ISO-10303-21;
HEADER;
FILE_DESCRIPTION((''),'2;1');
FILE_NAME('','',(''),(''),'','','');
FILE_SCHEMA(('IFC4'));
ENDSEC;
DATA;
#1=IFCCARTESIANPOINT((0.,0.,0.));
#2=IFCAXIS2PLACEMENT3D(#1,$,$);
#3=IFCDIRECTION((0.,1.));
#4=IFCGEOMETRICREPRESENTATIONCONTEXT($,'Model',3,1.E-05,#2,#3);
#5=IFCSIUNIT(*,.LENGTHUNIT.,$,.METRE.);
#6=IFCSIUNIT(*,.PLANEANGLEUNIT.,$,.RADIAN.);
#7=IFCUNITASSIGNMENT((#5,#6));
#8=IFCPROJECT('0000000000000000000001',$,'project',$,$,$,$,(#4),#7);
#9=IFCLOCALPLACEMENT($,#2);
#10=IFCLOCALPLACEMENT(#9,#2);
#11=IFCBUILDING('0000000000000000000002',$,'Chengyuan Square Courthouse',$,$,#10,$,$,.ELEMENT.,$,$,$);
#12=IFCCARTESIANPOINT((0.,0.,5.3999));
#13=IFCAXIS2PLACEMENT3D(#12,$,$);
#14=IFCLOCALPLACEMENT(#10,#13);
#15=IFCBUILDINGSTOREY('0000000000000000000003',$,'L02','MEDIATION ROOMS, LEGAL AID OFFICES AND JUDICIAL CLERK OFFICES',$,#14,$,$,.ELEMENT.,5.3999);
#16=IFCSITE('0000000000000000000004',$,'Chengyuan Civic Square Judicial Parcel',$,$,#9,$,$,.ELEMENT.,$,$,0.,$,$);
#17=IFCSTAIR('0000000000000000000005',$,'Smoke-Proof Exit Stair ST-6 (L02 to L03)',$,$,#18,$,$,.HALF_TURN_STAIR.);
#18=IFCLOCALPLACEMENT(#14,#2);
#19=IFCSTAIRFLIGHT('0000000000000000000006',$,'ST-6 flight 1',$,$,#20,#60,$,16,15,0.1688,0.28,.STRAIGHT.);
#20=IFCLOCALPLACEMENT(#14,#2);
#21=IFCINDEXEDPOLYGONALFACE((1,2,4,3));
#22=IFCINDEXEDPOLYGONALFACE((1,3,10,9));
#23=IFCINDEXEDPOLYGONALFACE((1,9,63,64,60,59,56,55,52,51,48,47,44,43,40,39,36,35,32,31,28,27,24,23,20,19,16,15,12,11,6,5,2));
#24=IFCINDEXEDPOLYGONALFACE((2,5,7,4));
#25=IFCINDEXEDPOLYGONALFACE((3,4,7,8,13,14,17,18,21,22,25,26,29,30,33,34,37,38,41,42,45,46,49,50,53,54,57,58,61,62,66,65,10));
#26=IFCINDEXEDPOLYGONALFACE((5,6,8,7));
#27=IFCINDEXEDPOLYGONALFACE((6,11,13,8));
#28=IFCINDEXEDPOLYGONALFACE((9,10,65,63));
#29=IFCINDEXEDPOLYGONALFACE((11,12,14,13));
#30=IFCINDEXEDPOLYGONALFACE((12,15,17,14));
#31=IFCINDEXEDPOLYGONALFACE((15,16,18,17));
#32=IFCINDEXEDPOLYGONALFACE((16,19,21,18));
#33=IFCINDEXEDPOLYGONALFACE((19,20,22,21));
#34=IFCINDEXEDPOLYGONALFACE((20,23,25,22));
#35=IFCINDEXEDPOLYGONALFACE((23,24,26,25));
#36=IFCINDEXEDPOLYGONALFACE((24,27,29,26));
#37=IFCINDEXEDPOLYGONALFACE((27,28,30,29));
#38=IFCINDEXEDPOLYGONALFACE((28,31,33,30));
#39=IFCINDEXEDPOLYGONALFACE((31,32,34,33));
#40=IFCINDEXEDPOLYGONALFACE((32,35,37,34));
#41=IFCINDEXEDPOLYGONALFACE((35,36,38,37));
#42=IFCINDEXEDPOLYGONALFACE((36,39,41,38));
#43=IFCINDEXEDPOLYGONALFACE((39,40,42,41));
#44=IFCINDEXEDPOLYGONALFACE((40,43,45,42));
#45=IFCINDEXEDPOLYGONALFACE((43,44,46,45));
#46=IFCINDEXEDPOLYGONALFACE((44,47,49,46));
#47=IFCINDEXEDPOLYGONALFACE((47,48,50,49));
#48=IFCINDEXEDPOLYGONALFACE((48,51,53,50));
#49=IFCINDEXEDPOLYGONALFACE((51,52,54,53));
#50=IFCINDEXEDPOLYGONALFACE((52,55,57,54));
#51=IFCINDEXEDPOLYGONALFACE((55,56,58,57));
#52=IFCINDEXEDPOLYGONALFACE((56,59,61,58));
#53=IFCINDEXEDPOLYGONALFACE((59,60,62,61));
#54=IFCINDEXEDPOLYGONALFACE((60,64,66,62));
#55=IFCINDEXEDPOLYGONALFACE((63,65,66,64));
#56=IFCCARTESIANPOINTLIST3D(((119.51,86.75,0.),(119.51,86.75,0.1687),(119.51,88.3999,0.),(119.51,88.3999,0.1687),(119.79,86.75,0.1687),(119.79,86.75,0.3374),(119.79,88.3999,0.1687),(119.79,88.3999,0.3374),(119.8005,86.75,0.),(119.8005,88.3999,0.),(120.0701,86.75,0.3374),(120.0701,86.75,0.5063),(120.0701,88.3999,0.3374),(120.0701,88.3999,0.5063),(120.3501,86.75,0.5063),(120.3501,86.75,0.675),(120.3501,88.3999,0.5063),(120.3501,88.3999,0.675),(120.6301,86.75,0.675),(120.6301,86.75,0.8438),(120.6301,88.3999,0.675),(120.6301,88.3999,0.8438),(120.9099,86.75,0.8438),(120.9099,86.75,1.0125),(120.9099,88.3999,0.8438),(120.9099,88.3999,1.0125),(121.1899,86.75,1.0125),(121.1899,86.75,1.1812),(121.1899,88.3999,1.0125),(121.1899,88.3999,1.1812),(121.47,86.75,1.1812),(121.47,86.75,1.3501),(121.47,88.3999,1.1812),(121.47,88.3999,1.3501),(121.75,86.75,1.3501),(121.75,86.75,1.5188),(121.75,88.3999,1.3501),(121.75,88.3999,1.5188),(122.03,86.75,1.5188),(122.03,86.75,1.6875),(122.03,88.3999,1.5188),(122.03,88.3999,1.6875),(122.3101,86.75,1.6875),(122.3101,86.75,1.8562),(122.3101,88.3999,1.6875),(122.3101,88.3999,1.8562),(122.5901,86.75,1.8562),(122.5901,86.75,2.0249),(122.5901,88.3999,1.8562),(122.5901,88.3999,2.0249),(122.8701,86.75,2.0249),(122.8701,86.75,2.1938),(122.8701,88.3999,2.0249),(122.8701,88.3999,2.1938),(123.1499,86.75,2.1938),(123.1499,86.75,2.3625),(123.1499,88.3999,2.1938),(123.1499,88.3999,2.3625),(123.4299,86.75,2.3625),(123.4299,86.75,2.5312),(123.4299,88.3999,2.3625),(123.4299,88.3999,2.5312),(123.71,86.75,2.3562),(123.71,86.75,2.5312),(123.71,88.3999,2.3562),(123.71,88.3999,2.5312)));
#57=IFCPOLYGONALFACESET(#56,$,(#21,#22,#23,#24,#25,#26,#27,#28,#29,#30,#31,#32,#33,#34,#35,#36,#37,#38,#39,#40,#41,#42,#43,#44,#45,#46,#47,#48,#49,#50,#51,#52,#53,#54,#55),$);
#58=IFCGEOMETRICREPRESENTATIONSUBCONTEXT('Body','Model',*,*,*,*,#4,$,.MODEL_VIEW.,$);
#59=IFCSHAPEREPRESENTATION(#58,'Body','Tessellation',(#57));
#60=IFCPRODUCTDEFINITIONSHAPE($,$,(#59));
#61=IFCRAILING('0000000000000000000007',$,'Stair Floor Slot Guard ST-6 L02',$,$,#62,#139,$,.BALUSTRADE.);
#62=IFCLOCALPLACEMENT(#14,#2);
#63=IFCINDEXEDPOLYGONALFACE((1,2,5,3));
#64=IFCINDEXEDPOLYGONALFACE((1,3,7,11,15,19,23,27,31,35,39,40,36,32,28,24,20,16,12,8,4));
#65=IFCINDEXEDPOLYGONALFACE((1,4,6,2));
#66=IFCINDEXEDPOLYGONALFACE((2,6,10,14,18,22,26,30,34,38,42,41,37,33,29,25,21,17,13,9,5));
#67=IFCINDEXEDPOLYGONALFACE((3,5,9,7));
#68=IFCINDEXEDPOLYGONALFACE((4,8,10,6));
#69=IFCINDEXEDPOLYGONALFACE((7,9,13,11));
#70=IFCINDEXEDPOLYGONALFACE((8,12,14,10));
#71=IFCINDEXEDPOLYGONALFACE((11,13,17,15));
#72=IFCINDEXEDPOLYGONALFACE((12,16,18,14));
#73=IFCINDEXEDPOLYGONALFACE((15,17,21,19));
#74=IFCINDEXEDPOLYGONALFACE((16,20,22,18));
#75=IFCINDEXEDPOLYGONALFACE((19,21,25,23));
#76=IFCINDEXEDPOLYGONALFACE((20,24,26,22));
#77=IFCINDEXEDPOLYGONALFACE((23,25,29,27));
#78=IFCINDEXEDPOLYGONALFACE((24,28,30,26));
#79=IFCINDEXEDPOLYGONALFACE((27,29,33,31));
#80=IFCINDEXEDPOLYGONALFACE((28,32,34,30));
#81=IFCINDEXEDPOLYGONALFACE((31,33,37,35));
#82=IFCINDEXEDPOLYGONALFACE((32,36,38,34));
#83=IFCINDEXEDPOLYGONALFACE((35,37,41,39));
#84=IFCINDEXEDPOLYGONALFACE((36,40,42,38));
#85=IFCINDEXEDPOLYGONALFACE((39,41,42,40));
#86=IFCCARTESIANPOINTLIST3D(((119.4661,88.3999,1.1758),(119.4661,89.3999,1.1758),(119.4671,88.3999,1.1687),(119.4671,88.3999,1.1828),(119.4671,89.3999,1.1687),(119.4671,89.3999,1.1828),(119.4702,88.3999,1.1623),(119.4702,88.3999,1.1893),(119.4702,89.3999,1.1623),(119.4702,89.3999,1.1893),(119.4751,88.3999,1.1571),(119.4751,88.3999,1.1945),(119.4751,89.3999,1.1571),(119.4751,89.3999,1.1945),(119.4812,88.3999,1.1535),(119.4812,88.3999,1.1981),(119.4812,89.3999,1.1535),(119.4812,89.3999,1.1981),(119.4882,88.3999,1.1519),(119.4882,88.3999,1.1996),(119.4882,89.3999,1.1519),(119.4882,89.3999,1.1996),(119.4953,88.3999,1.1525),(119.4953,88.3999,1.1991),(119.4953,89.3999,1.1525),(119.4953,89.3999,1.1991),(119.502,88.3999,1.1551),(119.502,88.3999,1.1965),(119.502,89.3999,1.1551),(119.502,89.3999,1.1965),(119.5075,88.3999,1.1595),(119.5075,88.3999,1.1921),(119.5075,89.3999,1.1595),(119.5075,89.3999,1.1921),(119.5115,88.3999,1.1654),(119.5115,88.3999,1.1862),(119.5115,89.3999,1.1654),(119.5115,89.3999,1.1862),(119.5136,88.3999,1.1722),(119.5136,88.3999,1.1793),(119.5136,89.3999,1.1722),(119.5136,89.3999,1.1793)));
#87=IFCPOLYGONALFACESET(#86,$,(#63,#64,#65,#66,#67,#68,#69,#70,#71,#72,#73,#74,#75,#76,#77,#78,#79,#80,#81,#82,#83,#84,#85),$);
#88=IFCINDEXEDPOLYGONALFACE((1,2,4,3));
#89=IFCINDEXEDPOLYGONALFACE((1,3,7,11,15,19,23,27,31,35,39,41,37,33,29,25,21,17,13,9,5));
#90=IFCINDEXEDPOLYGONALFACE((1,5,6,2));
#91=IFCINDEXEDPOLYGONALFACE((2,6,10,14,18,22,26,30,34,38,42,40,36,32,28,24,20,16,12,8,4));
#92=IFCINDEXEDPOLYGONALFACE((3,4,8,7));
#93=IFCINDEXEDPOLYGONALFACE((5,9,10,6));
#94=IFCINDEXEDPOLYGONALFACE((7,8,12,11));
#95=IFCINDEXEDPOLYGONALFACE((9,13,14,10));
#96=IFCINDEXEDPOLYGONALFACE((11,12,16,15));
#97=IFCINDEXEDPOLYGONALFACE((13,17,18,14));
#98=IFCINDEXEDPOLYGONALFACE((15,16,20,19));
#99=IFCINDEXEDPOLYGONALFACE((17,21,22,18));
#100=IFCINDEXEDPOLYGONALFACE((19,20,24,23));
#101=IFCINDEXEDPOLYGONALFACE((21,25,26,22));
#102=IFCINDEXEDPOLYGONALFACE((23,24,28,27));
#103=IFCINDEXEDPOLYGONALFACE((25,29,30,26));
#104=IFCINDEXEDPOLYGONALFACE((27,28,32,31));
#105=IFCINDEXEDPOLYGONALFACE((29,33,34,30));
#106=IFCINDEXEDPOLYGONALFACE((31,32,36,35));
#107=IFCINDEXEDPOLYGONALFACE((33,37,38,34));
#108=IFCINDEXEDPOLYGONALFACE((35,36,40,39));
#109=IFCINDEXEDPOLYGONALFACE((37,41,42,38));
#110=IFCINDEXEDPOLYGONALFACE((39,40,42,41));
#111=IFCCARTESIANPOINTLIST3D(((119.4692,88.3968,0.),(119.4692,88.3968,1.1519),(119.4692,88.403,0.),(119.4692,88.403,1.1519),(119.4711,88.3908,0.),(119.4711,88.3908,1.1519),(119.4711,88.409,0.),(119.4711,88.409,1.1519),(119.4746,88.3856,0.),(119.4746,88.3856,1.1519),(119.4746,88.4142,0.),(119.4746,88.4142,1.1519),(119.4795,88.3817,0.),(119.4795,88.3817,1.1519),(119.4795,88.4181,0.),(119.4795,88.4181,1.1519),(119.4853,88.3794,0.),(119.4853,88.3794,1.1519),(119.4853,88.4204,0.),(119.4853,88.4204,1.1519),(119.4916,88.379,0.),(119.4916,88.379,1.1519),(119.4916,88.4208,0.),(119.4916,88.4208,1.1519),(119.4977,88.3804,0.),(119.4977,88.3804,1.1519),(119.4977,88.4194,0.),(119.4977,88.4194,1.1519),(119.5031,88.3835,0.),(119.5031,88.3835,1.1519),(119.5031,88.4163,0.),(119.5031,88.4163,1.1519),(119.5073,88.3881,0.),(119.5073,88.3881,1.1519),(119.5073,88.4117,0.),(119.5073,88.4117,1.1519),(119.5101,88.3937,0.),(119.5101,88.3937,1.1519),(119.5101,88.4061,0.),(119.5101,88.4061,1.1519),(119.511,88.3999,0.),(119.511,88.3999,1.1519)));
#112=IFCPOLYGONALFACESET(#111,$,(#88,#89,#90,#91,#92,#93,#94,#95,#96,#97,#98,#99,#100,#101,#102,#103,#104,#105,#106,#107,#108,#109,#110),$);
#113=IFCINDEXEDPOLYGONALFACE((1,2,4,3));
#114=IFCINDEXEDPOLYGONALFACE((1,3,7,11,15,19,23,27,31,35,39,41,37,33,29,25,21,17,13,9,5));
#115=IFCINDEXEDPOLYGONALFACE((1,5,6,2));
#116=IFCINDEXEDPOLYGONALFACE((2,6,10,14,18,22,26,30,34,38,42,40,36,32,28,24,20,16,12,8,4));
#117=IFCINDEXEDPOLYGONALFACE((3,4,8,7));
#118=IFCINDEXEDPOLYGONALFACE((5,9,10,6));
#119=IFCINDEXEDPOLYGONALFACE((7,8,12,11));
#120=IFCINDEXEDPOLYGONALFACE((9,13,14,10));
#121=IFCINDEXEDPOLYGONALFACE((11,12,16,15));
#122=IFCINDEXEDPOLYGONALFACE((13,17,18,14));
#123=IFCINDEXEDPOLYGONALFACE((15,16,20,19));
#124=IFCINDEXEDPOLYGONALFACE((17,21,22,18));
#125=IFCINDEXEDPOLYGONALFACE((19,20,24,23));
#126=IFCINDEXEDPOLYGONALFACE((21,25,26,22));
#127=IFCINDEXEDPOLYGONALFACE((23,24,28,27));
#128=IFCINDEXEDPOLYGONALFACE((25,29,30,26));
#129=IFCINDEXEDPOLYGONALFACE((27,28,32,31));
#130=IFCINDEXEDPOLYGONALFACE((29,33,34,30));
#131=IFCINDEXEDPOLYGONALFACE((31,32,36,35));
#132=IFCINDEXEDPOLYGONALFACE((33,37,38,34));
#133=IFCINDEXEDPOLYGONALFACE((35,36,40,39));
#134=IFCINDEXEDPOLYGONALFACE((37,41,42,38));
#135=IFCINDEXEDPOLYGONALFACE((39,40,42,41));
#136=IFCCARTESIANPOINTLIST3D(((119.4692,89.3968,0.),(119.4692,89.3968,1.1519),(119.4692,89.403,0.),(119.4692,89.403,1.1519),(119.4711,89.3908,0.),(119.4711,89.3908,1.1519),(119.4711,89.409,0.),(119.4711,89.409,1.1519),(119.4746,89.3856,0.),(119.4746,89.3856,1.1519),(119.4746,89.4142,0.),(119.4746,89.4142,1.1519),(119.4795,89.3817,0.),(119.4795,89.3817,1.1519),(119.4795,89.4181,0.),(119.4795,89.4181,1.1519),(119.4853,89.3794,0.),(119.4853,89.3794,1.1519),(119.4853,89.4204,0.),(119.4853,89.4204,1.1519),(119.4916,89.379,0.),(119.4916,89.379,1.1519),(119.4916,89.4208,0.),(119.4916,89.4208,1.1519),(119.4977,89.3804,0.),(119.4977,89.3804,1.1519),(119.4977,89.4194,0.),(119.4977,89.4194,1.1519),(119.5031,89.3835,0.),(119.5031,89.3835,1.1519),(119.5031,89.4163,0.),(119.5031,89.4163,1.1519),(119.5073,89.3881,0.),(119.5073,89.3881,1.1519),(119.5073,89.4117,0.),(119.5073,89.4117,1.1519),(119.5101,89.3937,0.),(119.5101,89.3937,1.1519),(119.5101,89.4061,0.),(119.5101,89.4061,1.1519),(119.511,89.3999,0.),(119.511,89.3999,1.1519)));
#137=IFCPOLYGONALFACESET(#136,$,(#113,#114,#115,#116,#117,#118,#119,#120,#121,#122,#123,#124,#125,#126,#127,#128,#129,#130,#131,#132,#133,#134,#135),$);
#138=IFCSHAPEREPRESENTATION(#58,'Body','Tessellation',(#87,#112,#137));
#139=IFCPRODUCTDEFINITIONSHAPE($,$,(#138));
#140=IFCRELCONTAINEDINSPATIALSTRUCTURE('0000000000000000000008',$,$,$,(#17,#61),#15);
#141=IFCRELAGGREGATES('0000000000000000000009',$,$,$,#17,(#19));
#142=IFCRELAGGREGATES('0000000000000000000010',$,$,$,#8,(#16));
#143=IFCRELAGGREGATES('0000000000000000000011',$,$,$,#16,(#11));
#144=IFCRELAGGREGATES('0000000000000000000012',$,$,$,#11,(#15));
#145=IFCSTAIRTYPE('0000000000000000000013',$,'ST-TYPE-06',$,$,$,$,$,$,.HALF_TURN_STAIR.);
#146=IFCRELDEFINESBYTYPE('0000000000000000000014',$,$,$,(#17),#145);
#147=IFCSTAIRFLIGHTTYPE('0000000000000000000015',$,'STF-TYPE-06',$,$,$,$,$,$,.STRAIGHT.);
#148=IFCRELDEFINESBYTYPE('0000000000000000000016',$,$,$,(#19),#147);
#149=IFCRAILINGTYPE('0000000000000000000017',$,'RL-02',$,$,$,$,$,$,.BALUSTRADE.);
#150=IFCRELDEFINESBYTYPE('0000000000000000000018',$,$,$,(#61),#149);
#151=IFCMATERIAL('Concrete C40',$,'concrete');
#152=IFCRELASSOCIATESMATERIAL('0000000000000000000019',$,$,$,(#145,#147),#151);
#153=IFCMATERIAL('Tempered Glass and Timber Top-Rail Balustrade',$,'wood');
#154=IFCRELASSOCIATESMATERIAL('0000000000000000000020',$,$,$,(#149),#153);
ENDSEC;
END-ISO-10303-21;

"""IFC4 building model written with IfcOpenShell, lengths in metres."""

from ifc_helpers import new_model, si_unit, direction, frame, origin, origin_2d, place, context, subcontext, project, spatial, polyline, circle, outline, extrude, material, type_object, element, aggregate, save


model = new_model("IFC4")

# Units and contexts
model_context = context("Model", 3, precision=1e-05, world=origin(), true_north=direction((0.0, 1.0)))
body_context = subcontext(model_context, "Body", "Model", "MODEL_VIEW")
ifc_project = project(units=[si_unit("LENGTHUNIT", "METRE"), si_unit("PLANEANGLEUNIT", "RADIAN")], contexts=[model_context])

# Site, building, storey
site_placement = place(None, origin())
site = spatial("IfcSite", under=ifc_project, at=site_placement, Name="Chengyuan Civic Square Judicial Parcel", CompositionType="ELEMENT", RefElevation=0.0)
building_placement = place(site_placement, origin())
building = spatial("IfcBuilding", under=site, at=building_placement, Name="Chengyuan Square Courthouse", CompositionType="ELEMENT")
storey_placement = place(building_placement, frame((0.0, 0.0, 5.3999)))
storey = spatial("IfcBuildingStorey", under=building, at=storey_placement, Name="L02", Description="MEDIATION ROOMS, LEGAL AID OFFICES AND JUDICIAL CLERK OFFICES", CompositionType="ELEMENT", Elevation=5.3999)

# Shared definitions
ifc_material_1 = material(Name="Concrete C40", Category="concrete")

# Stair, stair flight
stair_type = type_object("IfcStairType", Name="ST-TYPE-06", PredefinedType="HALF_TURN_STAIR", material=ifc_material_1)
stair_placement = place(storey_placement, origin())
stair = element("IfcStair", 1, at=stair_placement, inside=storey, type_object=stair_type, Name="Smoke-Proof Exit Stair ST-6 (L02 to L03)", PredefinedType="HALF_TURN_STAIR")
stair_flight_type = type_object("IfcStairFlightType", Name="STF-TYPE-06", PredefinedType="STRAIGHT", material=ifc_material_1)
stair_flight_placement = place(storey_placement, frame((119.51, 87.575, 0.0), z_axis=(0.0, 0.0, 1.0), x_axis=(1.0, 0.0, 0.0)))
stair_flight = element("IfcStairFlight", 2, at=stair_flight_placement, type_object=stair_flight_type, Name="ST-6 flight 1", NumberOfRisers=16, NumberOfTreads=15, PredefinedType="STRAIGHT", RiserHeight=0.1688, TreadLength=0.28, context=body_context, shape_type="SweptSolid", body=[
    extrude(outline(polyline([(0.0, 0.0), (0.0, 0.1687), (0.28, 0.1687), (0.28, 0.3374), (0.5601, 0.3374), (0.5601, 0.5063), (0.8401, 0.5063), (0.8401, 0.675), (1.1201, 0.675), (1.1201, 0.8438), (1.3999, 0.8438), (1.3999, 1.0125), (1.6799, 1.0125), (1.6799, 1.1812), (1.96, 1.1812), (1.96, 1.3501), (2.24, 1.3501), (2.24, 1.5188), (2.52, 1.5188), (2.52, 1.6875), (2.8, 1.6875), (2.8, 1.8562), (3.0801, 1.8562), (3.0801, 2.0249), (3.3601, 2.0249), (3.3601, 2.1938), (3.6399, 2.1938), (3.6399, 2.3625), (3.9199, 2.3625), (3.9199, 2.5312), (4.2, 2.5312), (4.2, 2.7), (4.2, 2.3562), (0.2905, 0.0), (0.0, 0.0)])), frame((0.0, 0.825, 0.0), z_axis=(0.0, -1.0, 0.0), x_axis=(1.0, 0.0, 0.0)), (0.0, 0.0, 1.0), 1.6499),
])
aggregate(stair, [stair_flight])

# Railing
ifc_material_2 = material(Name="Tempered Glass and Timber Top-Rail Balustrade", Category="wood")
railing_type_1 = type_object("IfcRailingType", Name="RL-02", PredefinedType="BALUSTRADE", material=ifc_material_2)
railing_1_placement = place(storey_placement, frame((119.49, 88.3999, 0.0)))
element("IfcRailing", 3, at=railing_1_placement, inside=storey, type_object=railing_type_1, Name="Stair Floor Slot Guard ST-6 L02", PredefinedType="BALUSTRADE", context=body_context, shape_type="SweptSolid", body=[
    extrude(circle(Radius=0.0239, at=origin_2d()), frame((0.0, 0.0, 1.1758), z_axis=(0.0, 1.0, 0.0), x_axis=(-1.0, 0.0, 0.0)), (0.0, 0.0, 1.0), 1.0),
    extrude(circle(Radius=0.021, at=origin_2d()), origin(), (0.0, 0.0, 1.0), 1.1519),
    extrude(circle(Radius=0.021, at=origin_2d()), frame((0.0, 1.0, 0.0)), (0.0, 0.0, 1.0), 1.1519),
])

save(model, "model.ifc")
